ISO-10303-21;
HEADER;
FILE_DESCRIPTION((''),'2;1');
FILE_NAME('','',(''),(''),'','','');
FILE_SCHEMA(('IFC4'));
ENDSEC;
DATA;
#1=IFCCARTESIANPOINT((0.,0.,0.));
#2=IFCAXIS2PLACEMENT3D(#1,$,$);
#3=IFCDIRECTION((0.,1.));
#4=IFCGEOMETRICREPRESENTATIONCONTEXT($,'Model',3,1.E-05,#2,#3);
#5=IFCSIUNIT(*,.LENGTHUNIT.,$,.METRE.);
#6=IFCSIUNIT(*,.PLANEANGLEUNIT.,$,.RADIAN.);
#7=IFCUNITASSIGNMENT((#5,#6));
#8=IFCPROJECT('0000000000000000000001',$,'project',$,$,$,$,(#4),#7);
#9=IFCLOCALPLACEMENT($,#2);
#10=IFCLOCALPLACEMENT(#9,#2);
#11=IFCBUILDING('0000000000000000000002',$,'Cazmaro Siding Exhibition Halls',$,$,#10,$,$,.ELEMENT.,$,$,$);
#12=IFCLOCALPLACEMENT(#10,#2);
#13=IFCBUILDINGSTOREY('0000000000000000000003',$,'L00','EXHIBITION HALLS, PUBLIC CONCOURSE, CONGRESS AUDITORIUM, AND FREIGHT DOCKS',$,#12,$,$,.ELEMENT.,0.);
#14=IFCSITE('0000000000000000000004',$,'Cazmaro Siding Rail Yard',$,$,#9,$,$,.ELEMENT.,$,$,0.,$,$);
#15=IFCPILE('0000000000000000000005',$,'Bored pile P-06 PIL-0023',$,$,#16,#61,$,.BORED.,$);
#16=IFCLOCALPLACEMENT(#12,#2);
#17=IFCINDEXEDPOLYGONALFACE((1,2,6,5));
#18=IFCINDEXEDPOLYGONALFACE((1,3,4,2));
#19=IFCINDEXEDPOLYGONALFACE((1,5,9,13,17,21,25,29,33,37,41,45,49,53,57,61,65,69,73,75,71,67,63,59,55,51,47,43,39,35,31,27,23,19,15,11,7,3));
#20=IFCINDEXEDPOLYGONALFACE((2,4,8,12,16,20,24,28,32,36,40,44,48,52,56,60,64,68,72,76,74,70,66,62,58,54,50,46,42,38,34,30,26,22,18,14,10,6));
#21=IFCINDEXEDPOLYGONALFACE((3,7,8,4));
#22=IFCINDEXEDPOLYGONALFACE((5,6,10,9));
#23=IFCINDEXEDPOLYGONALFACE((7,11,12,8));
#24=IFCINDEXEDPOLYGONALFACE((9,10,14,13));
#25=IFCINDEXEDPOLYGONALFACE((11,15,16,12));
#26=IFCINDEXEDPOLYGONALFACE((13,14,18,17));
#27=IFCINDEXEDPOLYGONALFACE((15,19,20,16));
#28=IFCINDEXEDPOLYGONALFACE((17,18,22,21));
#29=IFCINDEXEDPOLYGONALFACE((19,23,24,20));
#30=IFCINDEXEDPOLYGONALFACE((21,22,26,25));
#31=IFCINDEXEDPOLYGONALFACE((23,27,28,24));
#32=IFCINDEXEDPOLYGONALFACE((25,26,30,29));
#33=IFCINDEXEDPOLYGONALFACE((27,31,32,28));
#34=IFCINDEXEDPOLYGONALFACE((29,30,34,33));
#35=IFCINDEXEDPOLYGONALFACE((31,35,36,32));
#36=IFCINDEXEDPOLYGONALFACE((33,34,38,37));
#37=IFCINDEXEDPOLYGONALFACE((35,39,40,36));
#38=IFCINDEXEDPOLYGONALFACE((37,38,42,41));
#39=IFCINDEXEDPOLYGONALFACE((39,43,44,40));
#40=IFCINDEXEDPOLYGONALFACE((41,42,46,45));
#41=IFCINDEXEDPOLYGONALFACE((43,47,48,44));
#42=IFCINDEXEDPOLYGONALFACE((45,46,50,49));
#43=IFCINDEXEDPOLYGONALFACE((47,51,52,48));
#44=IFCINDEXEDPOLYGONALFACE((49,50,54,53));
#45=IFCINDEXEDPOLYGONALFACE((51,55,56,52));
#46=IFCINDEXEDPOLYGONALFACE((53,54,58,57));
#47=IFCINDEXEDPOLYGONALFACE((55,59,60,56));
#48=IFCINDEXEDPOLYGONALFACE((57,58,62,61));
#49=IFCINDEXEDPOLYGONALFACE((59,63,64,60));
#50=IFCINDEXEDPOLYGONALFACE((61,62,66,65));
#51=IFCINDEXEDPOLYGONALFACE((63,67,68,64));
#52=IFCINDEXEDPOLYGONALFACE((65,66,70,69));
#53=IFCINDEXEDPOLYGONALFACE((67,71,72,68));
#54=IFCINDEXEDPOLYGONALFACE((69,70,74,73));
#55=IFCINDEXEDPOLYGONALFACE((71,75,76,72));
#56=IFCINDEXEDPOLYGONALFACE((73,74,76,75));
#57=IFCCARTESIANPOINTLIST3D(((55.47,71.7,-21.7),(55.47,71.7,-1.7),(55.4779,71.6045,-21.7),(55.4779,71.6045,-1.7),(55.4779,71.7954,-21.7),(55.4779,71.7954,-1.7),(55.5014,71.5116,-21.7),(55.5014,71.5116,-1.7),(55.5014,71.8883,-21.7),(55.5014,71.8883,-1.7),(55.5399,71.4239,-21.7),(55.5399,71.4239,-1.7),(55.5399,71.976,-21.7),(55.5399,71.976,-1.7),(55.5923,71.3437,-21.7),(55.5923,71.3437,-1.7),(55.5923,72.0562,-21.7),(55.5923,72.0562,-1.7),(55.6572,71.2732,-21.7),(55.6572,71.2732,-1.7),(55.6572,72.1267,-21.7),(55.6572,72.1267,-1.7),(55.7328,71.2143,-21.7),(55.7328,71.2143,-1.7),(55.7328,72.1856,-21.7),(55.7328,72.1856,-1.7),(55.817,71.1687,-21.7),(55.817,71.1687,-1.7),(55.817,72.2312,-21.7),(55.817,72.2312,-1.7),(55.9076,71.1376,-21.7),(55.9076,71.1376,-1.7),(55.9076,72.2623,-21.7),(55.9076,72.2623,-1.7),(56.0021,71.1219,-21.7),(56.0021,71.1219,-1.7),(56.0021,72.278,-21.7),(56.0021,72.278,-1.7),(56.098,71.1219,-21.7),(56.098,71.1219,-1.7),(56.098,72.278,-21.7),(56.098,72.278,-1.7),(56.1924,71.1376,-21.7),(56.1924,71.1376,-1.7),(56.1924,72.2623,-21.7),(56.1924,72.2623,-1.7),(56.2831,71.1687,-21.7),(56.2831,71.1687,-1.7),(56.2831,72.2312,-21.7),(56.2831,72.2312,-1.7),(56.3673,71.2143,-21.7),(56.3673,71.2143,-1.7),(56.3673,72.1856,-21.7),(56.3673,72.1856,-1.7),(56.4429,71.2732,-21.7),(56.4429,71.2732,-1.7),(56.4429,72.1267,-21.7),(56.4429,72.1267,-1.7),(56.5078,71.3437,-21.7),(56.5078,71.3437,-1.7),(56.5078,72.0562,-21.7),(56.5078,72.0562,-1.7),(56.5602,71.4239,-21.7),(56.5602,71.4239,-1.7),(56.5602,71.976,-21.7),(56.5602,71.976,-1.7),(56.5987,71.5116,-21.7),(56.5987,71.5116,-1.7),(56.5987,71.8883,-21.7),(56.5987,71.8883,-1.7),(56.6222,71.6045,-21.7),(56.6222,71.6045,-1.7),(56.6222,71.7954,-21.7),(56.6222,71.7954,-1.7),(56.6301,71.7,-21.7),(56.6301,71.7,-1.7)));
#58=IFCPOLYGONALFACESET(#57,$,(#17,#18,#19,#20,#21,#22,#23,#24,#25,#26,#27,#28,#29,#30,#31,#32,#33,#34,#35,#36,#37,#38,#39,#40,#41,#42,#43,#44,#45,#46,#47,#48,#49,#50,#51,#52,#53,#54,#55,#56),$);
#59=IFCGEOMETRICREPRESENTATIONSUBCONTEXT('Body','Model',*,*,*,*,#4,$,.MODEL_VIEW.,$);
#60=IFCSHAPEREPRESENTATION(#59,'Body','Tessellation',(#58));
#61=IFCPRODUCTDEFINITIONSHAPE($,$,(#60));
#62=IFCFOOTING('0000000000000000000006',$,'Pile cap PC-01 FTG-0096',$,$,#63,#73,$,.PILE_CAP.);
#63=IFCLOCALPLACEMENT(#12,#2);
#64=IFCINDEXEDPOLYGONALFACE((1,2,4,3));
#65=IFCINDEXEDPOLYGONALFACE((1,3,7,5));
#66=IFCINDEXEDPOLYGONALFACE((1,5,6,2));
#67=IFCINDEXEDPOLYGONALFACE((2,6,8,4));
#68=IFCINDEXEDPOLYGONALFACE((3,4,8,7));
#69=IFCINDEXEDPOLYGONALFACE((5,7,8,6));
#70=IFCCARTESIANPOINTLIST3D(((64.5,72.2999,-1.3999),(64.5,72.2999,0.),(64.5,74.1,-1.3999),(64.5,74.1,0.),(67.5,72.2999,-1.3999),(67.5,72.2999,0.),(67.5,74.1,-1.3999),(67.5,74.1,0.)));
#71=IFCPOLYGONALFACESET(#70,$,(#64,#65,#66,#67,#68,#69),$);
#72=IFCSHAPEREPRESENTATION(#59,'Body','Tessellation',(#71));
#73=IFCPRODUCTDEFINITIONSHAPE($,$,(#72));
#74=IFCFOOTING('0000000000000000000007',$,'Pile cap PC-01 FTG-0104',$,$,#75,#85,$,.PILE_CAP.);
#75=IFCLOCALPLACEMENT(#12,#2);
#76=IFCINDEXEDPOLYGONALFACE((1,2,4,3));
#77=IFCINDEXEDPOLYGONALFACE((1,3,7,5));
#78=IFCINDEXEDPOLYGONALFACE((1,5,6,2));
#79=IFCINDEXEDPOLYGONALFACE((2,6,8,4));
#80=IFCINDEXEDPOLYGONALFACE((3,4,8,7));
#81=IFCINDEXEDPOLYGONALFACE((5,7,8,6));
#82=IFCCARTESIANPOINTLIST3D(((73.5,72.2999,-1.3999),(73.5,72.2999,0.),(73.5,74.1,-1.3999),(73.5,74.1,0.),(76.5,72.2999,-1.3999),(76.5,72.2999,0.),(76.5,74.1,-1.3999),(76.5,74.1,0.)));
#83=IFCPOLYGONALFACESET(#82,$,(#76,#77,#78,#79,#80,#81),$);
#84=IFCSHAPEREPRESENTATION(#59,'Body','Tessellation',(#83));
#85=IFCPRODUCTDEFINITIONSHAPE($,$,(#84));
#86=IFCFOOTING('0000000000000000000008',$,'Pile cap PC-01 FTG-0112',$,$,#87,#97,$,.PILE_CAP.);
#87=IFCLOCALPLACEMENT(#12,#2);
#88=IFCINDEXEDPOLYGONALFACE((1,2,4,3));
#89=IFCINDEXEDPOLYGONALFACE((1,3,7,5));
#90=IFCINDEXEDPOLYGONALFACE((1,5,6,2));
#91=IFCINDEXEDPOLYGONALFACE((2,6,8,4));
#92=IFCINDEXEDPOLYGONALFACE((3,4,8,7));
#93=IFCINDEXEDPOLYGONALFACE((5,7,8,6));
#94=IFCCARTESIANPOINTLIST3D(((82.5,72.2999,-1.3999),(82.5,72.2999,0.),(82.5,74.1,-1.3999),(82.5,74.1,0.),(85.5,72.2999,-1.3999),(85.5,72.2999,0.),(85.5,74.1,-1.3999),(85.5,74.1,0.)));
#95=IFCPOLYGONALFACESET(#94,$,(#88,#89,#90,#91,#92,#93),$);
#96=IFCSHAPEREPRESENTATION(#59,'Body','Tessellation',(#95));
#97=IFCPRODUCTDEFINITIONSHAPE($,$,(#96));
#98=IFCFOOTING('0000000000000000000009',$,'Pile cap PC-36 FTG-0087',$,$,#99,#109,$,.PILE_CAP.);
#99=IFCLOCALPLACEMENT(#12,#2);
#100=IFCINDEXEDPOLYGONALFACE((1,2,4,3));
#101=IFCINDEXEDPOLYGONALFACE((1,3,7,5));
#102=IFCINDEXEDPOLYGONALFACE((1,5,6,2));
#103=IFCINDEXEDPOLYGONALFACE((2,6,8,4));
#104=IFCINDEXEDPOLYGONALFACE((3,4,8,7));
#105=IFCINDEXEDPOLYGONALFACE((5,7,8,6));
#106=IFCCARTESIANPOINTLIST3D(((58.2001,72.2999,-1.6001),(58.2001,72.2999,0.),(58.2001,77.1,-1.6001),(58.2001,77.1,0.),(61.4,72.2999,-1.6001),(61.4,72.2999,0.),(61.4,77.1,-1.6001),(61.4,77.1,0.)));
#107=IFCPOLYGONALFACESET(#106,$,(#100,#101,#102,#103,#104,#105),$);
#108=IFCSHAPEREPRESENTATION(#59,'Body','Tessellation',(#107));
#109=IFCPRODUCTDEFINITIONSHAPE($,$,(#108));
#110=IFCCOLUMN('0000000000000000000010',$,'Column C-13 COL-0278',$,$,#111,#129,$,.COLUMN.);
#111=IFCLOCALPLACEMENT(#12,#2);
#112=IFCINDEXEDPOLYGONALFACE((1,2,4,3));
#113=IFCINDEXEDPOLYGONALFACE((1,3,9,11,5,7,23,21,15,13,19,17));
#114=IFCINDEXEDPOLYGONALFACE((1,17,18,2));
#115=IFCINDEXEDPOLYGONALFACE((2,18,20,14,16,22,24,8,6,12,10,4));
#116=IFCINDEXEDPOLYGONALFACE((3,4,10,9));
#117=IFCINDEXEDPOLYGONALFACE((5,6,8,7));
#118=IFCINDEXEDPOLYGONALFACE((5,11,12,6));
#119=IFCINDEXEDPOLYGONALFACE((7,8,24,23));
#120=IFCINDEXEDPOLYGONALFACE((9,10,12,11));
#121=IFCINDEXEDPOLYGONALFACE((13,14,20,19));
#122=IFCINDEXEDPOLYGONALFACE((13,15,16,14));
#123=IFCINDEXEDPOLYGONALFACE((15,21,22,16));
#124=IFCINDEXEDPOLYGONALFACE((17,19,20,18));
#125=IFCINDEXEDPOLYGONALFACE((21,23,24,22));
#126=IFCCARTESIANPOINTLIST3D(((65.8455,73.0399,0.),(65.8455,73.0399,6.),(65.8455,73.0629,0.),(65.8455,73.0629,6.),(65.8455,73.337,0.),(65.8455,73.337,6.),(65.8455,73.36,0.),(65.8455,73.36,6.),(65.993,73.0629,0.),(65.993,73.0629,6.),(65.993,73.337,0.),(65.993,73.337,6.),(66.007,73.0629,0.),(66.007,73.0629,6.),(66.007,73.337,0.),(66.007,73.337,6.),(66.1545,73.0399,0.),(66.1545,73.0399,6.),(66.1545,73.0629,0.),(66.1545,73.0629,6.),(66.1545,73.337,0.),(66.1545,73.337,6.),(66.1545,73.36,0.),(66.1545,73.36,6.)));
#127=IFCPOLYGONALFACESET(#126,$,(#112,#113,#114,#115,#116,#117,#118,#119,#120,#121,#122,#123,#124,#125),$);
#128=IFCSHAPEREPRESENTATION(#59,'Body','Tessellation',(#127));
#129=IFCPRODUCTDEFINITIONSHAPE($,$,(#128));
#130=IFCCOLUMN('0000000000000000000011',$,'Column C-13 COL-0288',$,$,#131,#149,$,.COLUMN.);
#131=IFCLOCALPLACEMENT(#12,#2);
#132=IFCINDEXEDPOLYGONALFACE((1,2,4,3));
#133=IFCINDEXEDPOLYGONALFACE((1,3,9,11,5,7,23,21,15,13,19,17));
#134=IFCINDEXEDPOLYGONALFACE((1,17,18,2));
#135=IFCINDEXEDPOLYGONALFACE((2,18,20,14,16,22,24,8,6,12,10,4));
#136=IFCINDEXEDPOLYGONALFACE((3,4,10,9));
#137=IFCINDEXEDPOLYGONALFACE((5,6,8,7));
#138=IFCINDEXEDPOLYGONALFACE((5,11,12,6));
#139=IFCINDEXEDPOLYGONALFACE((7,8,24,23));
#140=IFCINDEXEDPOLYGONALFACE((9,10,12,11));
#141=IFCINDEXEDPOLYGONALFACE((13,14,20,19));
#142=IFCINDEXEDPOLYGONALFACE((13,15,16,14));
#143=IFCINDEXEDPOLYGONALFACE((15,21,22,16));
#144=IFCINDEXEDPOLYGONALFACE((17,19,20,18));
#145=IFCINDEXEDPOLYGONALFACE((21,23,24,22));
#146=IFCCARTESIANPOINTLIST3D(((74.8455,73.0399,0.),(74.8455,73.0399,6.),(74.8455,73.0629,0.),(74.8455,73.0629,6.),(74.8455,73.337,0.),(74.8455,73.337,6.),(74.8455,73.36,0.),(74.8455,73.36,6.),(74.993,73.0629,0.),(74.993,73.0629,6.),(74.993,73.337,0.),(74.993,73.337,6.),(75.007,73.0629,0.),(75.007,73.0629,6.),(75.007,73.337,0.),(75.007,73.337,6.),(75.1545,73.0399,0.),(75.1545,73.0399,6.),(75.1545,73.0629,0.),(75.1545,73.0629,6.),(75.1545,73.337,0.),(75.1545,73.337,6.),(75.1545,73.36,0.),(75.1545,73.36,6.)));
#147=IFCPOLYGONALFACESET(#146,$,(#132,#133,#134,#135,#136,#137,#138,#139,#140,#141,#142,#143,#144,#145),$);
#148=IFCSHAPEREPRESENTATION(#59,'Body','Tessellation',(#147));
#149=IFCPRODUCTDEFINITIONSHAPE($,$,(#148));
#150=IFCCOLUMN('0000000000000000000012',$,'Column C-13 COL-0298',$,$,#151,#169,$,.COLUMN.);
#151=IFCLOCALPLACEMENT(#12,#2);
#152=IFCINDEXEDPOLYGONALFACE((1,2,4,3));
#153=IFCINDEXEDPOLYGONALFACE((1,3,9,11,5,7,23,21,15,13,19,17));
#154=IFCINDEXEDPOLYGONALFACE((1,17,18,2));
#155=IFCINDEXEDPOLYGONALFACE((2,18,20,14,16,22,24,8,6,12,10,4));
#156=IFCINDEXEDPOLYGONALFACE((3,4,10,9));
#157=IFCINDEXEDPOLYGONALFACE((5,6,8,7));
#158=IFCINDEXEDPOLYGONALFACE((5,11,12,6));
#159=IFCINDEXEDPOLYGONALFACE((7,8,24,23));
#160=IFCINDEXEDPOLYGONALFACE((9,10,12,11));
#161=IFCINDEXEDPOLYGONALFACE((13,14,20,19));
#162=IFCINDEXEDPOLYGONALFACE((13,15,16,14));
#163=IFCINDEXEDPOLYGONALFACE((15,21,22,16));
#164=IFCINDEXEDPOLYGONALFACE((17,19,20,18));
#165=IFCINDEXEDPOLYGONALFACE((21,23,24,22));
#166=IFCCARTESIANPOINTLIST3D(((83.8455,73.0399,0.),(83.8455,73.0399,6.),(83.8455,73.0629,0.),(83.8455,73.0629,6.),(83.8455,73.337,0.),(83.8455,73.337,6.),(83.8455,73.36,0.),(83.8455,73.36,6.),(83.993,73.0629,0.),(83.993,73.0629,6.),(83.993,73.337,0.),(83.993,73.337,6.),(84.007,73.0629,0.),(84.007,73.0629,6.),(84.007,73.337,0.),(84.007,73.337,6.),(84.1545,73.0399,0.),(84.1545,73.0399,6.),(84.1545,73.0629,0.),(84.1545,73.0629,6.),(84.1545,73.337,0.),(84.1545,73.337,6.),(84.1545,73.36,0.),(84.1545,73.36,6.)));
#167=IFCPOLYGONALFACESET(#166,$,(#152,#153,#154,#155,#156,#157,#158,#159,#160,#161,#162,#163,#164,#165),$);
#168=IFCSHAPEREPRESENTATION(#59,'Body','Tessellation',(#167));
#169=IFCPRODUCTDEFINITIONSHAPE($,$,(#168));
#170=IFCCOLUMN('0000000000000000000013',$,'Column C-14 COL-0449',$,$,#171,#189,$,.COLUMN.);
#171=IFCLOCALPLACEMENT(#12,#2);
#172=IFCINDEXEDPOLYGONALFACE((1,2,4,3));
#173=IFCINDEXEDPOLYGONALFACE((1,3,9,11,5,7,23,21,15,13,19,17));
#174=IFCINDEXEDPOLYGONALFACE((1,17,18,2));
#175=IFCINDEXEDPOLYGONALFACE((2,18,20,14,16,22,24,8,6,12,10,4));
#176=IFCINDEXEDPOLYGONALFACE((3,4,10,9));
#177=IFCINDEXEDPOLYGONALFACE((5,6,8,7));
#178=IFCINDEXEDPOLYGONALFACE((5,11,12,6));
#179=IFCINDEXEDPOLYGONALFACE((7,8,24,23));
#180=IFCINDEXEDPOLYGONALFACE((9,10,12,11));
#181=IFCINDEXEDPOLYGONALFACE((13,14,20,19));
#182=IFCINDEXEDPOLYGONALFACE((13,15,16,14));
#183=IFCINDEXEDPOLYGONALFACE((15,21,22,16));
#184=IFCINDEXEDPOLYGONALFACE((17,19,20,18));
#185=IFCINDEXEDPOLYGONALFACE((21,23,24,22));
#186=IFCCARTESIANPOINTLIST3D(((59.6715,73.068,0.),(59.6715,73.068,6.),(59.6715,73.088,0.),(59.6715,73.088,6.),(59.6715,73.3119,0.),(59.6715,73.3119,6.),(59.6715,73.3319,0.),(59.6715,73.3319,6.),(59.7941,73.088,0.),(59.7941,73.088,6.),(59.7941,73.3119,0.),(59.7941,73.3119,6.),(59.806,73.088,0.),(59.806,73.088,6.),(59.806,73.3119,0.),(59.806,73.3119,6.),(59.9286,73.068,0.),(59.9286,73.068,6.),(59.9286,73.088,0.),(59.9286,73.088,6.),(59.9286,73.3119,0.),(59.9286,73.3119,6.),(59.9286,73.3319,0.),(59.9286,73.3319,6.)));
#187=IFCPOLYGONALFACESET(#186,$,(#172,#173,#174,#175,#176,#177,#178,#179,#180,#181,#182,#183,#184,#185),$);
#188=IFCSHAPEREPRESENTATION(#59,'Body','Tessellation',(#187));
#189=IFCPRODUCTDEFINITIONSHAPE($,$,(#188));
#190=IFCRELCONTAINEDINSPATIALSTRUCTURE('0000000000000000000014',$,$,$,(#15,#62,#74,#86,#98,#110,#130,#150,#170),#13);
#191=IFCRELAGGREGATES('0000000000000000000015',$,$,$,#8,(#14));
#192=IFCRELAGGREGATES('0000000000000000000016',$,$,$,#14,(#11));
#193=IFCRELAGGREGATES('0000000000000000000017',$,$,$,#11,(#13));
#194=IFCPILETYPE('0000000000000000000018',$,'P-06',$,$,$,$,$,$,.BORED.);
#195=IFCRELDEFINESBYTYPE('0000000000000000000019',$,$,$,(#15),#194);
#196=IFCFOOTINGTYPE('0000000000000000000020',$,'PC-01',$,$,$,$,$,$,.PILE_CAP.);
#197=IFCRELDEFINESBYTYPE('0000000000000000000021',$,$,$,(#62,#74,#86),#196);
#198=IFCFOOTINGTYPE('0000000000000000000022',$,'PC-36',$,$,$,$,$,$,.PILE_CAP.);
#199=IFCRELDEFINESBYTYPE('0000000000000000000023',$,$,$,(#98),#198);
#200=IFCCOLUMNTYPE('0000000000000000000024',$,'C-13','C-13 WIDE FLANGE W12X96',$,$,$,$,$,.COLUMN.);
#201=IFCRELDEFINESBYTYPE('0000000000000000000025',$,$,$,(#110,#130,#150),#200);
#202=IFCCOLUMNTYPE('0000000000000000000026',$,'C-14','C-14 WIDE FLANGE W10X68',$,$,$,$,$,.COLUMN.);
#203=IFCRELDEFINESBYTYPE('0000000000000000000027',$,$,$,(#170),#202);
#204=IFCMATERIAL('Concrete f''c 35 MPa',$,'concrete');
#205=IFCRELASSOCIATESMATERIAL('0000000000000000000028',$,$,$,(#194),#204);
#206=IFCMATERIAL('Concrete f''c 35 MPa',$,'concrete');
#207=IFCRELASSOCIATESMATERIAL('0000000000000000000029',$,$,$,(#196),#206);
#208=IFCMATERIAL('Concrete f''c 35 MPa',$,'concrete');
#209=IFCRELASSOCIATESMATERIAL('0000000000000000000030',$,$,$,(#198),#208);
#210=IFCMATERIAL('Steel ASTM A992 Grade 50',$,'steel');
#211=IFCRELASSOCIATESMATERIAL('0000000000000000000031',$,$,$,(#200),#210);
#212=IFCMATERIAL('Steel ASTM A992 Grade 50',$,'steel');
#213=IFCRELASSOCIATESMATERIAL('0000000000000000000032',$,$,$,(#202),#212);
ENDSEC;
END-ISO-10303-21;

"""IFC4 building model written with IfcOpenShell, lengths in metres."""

from ifc_helpers import new_model, si_unit, direction, frame, origin, origin_2d, place, context, subcontext, project, spatial, rectangle, circle, i_section, extrude, material, material_profile, profile_set, type_object, element, save


model = new_model("IFC4")

# Units and contexts
model_context = context("Model", 3, precision=1e-05, world=origin(), true_north=direction((0.0, 1.0)))
body_context = subcontext(model_context, "Body", "Model", "MODEL_VIEW")
ifc_project = project(units=[si_unit("LENGTHUNIT", "METRE"), si_unit("PLANEANGLEUNIT", "RADIAN")], contexts=[model_context])

# Site, building, storey
site_placement = place(None, origin())
site = spatial("IfcSite", under=ifc_project, at=site_placement, Name="Cazmaro Siding Rail Yard", CompositionType="ELEMENT", RefElevation=0.0)
building_placement = place(site_placement, origin())
building = spatial("IfcBuilding", under=site, at=building_placement, Name="Cazmaro Siding Exhibition Halls", CompositionType="ELEMENT")
storey_placement = place(building_placement, origin())
storey = spatial("IfcBuildingStorey", under=building, at=storey_placement, Name="L00", Description="EXHIBITION HALLS, PUBLIC CONCOURSE, CONGRESS AUDITORIUM, AND FREIGHT DOCKS", CompositionType="ELEMENT", Elevation=0.0)

# Pile
ifc_material_1 = material(Name="Concrete f'c 35 MPa", Category="concrete")
ifc_material_profile_1 = material_profile(ifc_material_1, circle(Radius=0.5801, at=origin_2d()), Name="CIDH-1160")
ifc_profile_set_1 = profile_set([ifc_material_profile_1], Name="Concrete f'c 35 MPa")
pile_type_1 = type_object("IfcPileType", Name="P-06", PredefinedType="BORED", material=ifc_profile_set_1)
pile_1_placement = place(storey_placement, frame((56.05, 71.7, -1.7), z_axis=(0.0, 0.0, -1.0), x_axis=(1.0, 0.0, 0.0)))
element("IfcPile", 1, at=pile_1_placement, inside=storey, type_object=pile_type_1, Name="Bored pile P-06 PIL-0023", PredefinedType="BORED", context=body_context, shape_type="SweptSolid", body=[
    extrude(circle(Radius=0.5801, at=origin_2d()), origin(), (0.0, 0.0, 1.0), 20.0),
])

# Footings
ifc_material_2 = material(Name="Concrete f'c 35 MPa", Category="concrete")
footing_type_1 = type_object("IfcFootingType", Name="PC-01", PredefinedType="PILE_CAP", material=ifc_material_2)
for number, where, z_axis, x_axis, name in (
    (2, (66.0, 73.2, -1.3999), (0.0, 0.0, 1.0), (1.0, 0.0, 0.0), "Pile cap PC-01 FTG-0096"),
    (3, (75.0, 73.2, -1.3999), (0.0, 0.0, 1.0), (1.0, 0.0, 0.0), "Pile cap PC-01 FTG-0104"),
    (4, (84.0, 73.2, -1.3999), (0.0, 0.0, 1.0), (1.0, 0.0, 0.0), "Pile cap PC-01 FTG-0112"),
):
    element("IfcFooting", number, at=place(storey_placement, frame(where, z_axis=z_axis, x_axis=x_axis)), inside=storey, type_object=footing_type_1, Name=name, PredefinedType="PILE_CAP", context=body_context, shape_type="SweptSolid", body=[
        extrude(rectangle(XDim=3.0, YDim=1.8, at=origin_2d()), origin(), (0.0, 0.0, 1.0), 1.3999),
    ])
ifc_material_3 = material(Name="Concrete f'c 35 MPa", Category="concrete")
footing_type_2 = type_object("IfcFootingType", Name="PC-36", PredefinedType="PILE_CAP", material=ifc_material_3)
footing_placement = place(storey_placement, frame((59.8, 74.7, -1.6001), z_axis=(0.0, 0.0, 1.0), x_axis=(1.0, 0.0, 0.0)))
element("IfcFooting", 5, at=footing_placement, inside=storey, type_object=footing_type_2, Name="Pile cap PC-36 FTG-0087", PredefinedType="PILE_CAP", context=body_context, shape_type="SweptSolid", body=[
    extrude(rectangle(XDim=3.2, YDim=4.8, at=origin_2d()), origin(), (0.0, 0.0, 1.0), 1.6001),
])

# Columns
ifc_material_4 = material(Name="Steel ASTM A992 Grade 50", Category="steel")
ifc_material_profile_2 = material_profile(ifc_material_4, i_section(OverallWidth=0.3091, OverallDepth=0.3201, WebThickness=0.0139, FlangeThickness=0.0229, at=origin_2d()), Name="W12X96")
ifc_profile_set_2 = profile_set([ifc_material_profile_2], Name="Steel ASTM A992 Grade 50")
column_type_1 = type_object("IfcColumnType", Name="C-13", Description="C-13 WIDE FLANGE W12X96", PredefinedType="COLUMN", material=ifc_profile_set_2)
for number, where, z_axis, x_axis, name in (
    (6, (66.0, 73.2, 0.0), (0.0, 0.0, 1.0), (1.0, 0.0, 0.0), "Column C-13 COL-0278"),
    (7, (75.0, 73.2, 0.0), (0.0, 0.0, 1.0), (1.0, 0.0, 0.0), "Column C-13 COL-0288"),
    (8, (84.0, 73.2, 0.0), (0.0, 0.0, 1.0), (1.0, 0.0, 0.0), "Column C-13 COL-0298"),
):
    element("IfcColumn", number, at=place(storey_placement, frame(where, z_axis=z_axis, x_axis=x_axis)), inside=storey, type_object=column_type_1, Name=name, PredefinedType="COLUMN", context=body_context, shape_type="SweptSolid", body=[
        extrude(i_section(OverallWidth=0.3091, OverallDepth=0.3201, WebThickness=0.0139, FlangeThickness=0.0229, at=origin_2d()), origin(), (0.0, 0.0, 1.0), 6.0),
    ])
ifc_material_5 = material(Name="Steel ASTM A992 Grade 50", Category="steel")
ifc_material_profile_3 = material_profile(ifc_material_5, i_section(OverallWidth=0.2571, OverallDepth=0.2639, WebThickness=0.012, FlangeThickness=0.02, at=origin_2d()), Name="W10X68")
ifc_profile_set_3 = profile_set([ifc_material_profile_3], Name="Steel ASTM A992 Grade 50")
column_type_2 = type_object("IfcColumnType", Name="C-14", Description="C-14 WIDE FLANGE W10X68", PredefinedType="COLUMN", material=ifc_profile_set_3)
column_placement = place(storey_placement, frame((59.8, 73.2, 0.0), z_axis=(0.0, 0.0, 1.0), x_axis=(1.0, 0.0, 0.0)))
element("IfcColumn", 9, at=column_placement, inside=storey, type_object=column_type_2, Name="Column C-14 COL-0449", PredefinedType="COLUMN", context=body_context, shape_type="SweptSolid", body=[
    extrude(i_section(OverallWidth=0.2571, OverallDepth=0.2639, WebThickness=0.012, FlangeThickness=0.02, at=origin_2d()), origin(), (0.0, 0.0, 1.0), 6.0),
])

save(model, "model.ifc")
